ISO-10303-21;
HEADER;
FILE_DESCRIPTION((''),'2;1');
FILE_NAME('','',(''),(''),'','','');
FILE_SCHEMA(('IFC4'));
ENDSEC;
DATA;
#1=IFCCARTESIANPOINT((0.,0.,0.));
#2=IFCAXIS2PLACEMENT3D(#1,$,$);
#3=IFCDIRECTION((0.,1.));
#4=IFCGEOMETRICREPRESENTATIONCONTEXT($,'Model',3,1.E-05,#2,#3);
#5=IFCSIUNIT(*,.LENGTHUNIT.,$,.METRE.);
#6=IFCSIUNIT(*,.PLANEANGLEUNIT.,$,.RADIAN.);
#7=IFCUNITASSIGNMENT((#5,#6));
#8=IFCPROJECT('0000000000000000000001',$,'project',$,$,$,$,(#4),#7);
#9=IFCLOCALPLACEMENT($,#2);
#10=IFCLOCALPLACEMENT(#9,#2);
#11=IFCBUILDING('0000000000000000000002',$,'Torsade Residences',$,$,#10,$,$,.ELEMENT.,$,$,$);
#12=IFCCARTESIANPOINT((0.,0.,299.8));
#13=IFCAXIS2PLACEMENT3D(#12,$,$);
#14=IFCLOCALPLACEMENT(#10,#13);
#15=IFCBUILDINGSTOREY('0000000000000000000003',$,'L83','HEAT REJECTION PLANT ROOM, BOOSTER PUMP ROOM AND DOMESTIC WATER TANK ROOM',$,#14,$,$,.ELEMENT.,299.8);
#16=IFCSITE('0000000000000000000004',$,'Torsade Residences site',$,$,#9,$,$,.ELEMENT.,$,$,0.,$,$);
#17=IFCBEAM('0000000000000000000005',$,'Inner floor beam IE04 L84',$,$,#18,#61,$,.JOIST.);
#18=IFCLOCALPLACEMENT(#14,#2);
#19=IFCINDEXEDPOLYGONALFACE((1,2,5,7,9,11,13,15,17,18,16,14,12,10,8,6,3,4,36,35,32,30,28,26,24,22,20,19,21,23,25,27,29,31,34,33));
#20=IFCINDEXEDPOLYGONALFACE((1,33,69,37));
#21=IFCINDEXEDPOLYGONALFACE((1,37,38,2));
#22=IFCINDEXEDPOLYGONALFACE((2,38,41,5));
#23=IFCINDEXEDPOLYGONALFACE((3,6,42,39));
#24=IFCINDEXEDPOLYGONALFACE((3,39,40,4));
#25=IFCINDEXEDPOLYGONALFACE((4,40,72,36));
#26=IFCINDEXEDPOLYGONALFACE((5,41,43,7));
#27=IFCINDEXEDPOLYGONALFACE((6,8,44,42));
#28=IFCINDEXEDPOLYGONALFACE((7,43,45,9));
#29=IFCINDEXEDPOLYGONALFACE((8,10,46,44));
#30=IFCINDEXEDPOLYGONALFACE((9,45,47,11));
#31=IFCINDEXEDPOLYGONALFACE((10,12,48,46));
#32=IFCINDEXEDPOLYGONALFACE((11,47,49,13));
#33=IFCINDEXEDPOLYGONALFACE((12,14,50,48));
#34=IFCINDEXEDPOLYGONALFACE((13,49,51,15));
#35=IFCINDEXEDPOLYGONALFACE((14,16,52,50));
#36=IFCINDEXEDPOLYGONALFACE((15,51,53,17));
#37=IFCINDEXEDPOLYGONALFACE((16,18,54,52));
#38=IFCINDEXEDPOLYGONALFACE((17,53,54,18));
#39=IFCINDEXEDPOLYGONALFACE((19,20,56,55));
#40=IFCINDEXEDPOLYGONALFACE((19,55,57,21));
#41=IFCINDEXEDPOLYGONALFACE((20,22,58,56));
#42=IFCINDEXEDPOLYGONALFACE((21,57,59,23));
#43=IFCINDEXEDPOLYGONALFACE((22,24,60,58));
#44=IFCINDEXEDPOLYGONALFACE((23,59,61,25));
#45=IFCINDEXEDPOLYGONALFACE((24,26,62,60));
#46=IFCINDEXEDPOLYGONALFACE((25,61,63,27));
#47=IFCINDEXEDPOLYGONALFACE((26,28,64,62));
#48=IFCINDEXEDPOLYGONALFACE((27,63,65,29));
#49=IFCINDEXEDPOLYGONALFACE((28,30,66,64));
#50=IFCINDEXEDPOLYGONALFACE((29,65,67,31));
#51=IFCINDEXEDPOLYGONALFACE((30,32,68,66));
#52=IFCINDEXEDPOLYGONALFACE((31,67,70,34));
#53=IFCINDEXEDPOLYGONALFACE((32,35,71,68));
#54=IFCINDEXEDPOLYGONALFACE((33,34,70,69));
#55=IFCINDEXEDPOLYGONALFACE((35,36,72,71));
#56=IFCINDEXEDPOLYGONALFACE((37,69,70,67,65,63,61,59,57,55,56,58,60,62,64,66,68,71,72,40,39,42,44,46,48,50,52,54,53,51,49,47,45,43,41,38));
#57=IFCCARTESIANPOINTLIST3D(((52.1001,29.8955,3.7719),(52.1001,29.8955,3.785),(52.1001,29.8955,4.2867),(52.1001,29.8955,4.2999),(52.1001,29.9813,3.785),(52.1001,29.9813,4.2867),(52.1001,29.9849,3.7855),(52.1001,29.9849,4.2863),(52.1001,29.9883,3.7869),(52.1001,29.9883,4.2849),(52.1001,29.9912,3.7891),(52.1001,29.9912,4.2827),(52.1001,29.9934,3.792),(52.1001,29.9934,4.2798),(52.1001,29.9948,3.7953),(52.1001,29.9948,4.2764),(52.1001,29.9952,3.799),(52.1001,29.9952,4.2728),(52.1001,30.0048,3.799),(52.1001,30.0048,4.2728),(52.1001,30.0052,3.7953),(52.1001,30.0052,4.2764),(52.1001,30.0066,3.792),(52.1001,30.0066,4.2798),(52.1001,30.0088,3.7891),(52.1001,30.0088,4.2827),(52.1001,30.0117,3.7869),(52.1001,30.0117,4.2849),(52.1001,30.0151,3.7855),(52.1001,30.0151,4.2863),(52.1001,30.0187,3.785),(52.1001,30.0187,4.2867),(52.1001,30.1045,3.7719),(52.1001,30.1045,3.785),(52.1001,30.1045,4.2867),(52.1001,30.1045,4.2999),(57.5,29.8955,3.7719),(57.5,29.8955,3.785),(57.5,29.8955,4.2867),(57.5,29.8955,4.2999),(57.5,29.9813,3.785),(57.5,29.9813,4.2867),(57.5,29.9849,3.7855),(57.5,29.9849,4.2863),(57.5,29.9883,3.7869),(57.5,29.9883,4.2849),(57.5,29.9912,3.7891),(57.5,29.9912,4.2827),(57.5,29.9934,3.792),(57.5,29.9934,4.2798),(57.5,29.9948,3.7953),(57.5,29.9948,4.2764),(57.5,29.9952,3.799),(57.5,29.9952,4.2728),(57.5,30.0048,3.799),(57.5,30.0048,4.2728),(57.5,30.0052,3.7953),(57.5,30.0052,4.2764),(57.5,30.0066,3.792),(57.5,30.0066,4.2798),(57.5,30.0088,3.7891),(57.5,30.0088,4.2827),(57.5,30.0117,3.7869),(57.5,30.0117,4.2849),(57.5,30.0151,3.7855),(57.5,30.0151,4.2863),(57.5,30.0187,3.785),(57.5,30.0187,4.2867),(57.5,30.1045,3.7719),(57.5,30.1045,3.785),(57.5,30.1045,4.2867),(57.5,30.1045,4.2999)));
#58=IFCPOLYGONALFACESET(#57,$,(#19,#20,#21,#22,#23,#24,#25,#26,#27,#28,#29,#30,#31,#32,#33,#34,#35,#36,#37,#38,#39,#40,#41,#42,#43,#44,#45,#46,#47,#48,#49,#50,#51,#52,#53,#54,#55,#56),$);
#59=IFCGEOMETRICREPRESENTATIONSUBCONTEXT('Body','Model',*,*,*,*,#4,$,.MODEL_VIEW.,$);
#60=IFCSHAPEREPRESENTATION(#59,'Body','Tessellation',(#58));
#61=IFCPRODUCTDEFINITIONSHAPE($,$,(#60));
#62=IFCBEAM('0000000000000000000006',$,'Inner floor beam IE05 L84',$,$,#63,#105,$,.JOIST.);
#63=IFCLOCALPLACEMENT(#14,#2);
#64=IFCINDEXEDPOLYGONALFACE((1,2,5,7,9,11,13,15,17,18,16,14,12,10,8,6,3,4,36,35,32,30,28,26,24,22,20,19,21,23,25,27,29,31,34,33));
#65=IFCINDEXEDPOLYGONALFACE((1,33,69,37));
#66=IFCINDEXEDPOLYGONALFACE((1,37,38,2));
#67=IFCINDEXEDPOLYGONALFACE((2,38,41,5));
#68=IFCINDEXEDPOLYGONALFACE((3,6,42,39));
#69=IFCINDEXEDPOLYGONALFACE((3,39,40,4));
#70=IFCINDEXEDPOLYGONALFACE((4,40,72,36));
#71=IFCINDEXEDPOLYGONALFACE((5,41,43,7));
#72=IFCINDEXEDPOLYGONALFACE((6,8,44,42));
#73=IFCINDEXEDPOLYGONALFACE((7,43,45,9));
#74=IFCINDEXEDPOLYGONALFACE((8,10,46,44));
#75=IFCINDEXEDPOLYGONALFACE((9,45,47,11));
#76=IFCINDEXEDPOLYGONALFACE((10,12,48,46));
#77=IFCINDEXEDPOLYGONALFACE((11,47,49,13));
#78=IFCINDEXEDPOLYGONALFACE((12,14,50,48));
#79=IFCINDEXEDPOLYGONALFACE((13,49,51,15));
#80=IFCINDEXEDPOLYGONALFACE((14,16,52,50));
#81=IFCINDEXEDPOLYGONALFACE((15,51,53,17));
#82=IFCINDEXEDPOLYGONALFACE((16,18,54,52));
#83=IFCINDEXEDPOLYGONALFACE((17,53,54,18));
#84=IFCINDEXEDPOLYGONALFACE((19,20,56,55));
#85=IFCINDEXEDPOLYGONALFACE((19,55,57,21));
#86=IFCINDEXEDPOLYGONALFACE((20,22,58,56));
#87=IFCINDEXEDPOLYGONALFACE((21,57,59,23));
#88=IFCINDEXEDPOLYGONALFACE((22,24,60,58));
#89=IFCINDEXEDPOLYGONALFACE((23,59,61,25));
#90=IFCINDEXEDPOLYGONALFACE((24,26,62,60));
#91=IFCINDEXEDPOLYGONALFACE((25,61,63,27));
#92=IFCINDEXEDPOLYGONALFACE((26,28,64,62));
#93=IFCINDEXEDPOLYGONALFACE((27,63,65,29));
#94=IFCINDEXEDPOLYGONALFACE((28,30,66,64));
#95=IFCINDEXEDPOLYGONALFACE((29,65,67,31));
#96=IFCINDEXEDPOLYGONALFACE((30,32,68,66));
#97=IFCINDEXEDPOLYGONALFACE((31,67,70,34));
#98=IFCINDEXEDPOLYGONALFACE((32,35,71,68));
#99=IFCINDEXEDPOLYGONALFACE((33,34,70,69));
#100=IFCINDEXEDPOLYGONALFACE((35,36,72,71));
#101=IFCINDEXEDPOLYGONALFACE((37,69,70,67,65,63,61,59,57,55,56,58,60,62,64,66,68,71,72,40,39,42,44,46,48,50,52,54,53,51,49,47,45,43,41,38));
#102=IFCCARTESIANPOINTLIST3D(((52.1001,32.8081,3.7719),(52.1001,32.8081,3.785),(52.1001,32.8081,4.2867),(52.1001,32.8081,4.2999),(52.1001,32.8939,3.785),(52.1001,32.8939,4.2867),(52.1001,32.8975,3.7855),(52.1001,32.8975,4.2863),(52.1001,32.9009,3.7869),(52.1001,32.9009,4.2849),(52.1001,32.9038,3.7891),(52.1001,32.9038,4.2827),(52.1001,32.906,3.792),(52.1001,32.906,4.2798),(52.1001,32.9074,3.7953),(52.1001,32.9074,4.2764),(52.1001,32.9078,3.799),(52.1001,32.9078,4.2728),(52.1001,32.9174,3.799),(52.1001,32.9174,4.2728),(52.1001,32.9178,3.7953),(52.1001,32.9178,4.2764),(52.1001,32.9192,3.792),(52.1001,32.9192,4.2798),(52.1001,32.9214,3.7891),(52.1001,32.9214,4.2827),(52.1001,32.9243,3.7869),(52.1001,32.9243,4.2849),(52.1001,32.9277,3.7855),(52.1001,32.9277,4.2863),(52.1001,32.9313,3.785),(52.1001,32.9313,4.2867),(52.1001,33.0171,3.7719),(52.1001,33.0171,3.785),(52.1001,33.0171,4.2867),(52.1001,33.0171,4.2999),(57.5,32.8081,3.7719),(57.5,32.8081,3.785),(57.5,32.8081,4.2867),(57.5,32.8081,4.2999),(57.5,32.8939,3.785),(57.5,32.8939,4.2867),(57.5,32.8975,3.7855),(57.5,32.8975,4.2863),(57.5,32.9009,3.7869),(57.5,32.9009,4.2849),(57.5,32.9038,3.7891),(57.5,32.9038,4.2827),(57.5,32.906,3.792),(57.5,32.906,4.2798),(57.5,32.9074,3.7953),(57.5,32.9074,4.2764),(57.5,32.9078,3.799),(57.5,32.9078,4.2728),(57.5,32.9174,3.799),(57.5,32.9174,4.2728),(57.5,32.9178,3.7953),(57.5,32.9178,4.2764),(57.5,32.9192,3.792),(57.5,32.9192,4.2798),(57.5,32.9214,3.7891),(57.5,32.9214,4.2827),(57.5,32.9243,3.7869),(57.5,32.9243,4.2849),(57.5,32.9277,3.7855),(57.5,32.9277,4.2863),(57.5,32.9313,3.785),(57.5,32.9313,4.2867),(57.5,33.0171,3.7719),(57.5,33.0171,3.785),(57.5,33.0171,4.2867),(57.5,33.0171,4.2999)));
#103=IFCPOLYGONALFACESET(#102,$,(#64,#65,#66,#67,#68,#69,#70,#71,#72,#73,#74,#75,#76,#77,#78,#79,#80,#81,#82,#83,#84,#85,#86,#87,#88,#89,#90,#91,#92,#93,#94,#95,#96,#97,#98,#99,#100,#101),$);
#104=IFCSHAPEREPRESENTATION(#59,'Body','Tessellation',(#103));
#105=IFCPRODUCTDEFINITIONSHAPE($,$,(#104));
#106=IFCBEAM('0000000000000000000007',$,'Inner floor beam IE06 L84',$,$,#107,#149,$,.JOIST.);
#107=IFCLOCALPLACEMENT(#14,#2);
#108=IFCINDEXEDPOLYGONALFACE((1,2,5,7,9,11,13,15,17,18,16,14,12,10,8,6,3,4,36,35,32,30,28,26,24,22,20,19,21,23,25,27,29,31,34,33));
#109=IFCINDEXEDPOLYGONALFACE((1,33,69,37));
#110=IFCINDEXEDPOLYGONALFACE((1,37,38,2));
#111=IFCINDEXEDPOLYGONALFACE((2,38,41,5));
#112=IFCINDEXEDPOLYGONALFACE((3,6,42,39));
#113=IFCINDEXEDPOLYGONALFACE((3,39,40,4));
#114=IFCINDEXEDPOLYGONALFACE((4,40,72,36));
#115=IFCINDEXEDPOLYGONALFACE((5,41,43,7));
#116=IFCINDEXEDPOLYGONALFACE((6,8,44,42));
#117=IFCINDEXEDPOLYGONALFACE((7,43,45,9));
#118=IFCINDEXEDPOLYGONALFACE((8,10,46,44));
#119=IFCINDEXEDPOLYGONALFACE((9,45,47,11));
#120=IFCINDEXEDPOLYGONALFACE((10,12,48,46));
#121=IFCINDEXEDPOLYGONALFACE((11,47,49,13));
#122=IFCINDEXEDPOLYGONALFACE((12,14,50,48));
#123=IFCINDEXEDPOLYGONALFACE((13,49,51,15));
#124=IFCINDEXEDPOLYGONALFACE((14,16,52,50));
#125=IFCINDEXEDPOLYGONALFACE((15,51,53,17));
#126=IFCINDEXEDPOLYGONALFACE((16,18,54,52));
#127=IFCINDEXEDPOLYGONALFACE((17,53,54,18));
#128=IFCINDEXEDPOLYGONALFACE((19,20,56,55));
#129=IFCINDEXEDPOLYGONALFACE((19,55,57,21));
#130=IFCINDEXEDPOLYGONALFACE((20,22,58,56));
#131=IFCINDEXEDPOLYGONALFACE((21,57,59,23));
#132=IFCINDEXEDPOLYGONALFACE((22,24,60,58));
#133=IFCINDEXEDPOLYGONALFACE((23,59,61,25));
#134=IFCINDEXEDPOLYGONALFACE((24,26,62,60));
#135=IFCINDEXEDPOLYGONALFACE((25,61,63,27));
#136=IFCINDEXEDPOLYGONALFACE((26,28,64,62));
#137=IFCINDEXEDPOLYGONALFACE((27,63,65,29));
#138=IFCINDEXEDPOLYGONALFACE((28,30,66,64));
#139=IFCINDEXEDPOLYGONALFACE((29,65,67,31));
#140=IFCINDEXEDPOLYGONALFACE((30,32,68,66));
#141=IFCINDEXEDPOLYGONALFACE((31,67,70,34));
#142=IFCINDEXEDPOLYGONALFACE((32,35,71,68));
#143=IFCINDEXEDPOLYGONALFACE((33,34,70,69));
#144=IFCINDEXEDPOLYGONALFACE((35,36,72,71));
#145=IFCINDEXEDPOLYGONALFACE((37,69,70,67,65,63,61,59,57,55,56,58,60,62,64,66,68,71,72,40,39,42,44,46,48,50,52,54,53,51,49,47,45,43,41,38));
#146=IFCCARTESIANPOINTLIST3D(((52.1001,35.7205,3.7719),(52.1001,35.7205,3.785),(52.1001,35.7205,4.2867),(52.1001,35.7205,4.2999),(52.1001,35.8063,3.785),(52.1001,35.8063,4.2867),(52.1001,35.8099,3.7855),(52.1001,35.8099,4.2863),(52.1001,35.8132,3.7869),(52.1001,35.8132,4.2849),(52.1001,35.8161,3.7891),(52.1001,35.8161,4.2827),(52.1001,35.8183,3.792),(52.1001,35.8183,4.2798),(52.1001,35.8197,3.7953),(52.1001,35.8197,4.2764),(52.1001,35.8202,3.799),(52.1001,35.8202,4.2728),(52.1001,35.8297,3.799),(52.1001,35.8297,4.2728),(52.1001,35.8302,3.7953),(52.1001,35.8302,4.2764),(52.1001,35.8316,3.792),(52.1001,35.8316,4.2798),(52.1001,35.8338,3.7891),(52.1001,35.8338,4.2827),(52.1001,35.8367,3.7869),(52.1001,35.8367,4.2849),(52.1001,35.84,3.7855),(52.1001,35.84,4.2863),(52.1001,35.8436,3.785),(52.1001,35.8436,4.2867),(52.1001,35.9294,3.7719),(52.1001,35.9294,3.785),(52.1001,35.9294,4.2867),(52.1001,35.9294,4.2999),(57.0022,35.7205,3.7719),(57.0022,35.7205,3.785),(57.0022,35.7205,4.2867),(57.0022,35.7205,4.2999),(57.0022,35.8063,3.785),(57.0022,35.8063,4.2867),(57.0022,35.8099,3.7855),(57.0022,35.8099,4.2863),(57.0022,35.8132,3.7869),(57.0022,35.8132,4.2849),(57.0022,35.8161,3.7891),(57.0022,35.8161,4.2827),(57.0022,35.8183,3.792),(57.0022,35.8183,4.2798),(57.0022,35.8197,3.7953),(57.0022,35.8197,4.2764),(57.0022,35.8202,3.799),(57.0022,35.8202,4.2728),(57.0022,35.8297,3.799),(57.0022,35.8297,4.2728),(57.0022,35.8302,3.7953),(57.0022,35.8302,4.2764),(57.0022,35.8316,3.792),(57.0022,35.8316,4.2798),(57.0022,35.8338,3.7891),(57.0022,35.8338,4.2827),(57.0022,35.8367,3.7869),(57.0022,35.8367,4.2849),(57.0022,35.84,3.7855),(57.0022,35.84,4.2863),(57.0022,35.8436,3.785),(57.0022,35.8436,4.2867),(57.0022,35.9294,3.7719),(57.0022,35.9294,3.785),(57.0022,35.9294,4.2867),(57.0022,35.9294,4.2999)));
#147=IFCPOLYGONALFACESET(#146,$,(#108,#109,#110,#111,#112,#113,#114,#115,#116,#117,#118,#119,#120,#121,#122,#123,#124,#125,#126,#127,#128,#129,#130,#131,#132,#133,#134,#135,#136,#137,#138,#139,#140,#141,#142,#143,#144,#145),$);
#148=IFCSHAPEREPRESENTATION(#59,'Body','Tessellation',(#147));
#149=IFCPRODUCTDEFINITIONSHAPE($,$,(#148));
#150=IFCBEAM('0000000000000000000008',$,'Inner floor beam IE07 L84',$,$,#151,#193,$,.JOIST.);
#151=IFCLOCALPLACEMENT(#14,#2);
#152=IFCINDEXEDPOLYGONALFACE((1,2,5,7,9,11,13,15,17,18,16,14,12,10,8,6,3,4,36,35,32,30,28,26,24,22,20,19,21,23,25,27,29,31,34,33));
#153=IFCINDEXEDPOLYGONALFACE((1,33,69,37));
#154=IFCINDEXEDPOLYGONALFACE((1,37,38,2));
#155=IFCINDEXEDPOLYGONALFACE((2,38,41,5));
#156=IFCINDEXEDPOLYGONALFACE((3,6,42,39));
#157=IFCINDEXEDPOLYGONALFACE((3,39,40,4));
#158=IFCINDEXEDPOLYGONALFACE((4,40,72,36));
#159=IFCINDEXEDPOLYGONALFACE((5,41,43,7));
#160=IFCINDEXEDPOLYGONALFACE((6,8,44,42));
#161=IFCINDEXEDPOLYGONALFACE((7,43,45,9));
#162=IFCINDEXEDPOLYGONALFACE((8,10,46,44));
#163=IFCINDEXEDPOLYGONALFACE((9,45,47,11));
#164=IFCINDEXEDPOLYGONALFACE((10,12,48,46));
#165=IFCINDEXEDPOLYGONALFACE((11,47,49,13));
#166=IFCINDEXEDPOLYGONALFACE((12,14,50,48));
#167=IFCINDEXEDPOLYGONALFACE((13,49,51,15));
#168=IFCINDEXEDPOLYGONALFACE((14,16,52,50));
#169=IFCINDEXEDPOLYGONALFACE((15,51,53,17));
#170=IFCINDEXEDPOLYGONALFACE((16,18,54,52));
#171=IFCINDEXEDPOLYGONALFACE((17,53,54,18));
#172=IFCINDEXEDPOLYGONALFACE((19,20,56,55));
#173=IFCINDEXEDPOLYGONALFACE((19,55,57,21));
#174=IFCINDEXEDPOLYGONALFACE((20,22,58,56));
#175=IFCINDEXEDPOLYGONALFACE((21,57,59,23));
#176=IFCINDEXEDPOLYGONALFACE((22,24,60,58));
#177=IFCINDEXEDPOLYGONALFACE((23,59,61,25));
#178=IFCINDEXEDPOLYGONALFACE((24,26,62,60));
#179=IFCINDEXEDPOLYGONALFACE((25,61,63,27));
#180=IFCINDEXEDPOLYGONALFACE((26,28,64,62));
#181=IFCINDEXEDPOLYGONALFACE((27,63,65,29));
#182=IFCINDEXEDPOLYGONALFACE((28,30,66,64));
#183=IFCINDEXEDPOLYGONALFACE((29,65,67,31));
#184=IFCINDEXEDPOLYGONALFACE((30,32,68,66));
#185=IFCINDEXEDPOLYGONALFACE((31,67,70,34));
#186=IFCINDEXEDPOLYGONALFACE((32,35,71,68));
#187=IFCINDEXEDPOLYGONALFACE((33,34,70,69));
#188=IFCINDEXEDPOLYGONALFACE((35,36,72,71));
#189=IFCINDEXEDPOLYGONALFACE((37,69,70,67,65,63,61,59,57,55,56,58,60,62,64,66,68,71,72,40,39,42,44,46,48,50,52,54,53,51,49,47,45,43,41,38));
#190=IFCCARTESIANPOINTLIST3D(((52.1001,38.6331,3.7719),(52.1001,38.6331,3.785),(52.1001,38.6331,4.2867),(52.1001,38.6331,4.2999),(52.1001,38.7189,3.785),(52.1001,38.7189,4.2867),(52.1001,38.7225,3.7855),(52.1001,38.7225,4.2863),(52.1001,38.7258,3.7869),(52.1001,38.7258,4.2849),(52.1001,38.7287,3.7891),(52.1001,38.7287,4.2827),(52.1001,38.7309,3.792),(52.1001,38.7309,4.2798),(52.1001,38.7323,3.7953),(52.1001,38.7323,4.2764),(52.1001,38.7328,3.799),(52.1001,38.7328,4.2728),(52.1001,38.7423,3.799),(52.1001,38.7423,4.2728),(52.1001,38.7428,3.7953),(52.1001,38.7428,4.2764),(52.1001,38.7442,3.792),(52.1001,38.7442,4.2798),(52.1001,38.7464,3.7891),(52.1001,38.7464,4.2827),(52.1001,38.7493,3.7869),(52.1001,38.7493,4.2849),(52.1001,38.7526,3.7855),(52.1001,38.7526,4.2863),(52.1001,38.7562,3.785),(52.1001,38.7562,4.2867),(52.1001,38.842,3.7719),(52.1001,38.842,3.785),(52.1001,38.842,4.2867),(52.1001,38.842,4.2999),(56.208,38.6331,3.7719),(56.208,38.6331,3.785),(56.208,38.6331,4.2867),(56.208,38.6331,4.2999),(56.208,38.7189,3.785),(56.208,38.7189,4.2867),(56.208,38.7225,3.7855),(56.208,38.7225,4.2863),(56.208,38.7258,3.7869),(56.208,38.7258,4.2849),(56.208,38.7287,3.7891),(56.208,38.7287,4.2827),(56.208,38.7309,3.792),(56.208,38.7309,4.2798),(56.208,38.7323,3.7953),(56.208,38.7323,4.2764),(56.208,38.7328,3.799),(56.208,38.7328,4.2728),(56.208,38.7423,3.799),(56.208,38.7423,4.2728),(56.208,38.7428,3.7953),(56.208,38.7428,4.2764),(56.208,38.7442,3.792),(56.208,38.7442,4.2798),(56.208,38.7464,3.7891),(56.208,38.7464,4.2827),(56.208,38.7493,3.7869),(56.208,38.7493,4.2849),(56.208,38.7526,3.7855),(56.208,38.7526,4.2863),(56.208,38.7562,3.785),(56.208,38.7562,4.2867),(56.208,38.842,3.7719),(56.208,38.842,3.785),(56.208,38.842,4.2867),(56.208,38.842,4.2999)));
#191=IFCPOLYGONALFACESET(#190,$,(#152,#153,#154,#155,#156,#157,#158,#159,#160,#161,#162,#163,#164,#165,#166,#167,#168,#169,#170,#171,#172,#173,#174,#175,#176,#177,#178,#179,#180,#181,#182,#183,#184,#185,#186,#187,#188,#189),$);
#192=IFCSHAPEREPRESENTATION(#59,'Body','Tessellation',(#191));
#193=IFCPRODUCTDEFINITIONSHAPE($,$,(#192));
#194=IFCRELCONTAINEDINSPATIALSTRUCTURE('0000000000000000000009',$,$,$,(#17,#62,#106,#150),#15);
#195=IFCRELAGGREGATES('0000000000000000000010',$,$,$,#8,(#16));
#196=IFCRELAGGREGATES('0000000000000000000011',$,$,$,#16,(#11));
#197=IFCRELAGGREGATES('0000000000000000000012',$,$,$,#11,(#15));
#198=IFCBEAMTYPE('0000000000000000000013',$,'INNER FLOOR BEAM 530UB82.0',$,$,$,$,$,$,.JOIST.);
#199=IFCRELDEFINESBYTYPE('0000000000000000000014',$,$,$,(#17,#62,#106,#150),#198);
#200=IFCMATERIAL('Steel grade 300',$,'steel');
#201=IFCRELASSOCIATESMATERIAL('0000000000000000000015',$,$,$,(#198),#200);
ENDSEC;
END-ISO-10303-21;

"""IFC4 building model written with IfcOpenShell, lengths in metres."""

from ifc_helpers import new_model, si_unit, direction, frame, origin, origin_2d, place, context, subcontext, project, spatial, i_section, extrude, material, material_profile, profile_set, type_object, element, save


model = new_model("IFC4")

# Units and contexts
model_context = context("Model", 3, precision=1e-05, world=origin(), true_north=direction((0.0, 1.0)))
body_context = subcontext(model_context, "Body", "Model", "MODEL_VIEW")
ifc_project = project(units=[si_unit("LENGTHUNIT", "METRE"), si_unit("PLANEANGLEUNIT", "RADIAN")], contexts=[model_context])

# Site, building, storey
site_placement = place(None, origin())
site = spatial("IfcSite", under=ifc_project, at=site_placement, Name="Torsade Residences site", CompositionType="ELEMENT", RefElevation=0.0)
building_placement = place(site_placement, origin())
building = spatial("IfcBuilding", under=site, at=building_placement, Name="Torsade Residences", CompositionType="ELEMENT")
storey_placement = place(building_placement, frame((0.0, 0.0, 299.8)))
storey = spatial("IfcBuildingStorey", under=building, at=storey_placement, Name="L83", Description="HEAT REJECTION PLANT ROOM, BOOSTER PUMP ROOM AND DOMESTIC WATER TANK ROOM", CompositionType="ELEMENT", Elevation=299.8)

# Beams
ifc_material_1 = material(Name="Steel grade 300", Category="steel")
ifc_material_profile_1 = material_profile(ifc_material_1, i_section(OverallWidth=0.209, OverallDepth=0.5281, WebThickness=0.0095, FlangeThickness=0.0132, FilletRadius=0.0139, at=origin_2d()), Name="530UB82.0")
ifc_profile_set_1 = profile_set([ifc_material_profile_1], Name="Steel grade 300")
beam_type_1 = type_object("IfcBeamType", Name="INNER FLOOR BEAM 530UB82.0", PredefinedType="JOIST", material=ifc_profile_set_1)
for number, where, z_axis, x_axis, name in (
    (1, (52.1001, 30.0, 4.0359), (1.0, 0.0, 0.0), (0.0, 1.0, 0.0), "Inner floor beam IE04 L84"),
    (2, (52.1001, 32.9126, 4.0359), (1.0, 0.0, 0.0), (0.0, 1.0, 0.0), "Inner floor beam IE05 L84"),
):
    element("IfcBeam", number, at=place(storey_placement, frame(where, z_axis=z_axis, x_axis=x_axis)), inside=storey, type_object=beam_type_1, Name=name, PredefinedType="JOIST", context=body_context, shape_type="SweptSolid", body=[
        extrude(i_section(OverallWidth=0.209, OverallDepth=0.5281, WebThickness=0.0095, FlangeThickness=0.0132, FilletRadius=0.0139, at=origin_2d()), origin(), (0.0, 0.0, 1.0), 5.3999),
    ])
beam_1_placement = place(storey_placement, frame((52.1001, 35.825, 4.0359), z_axis=(1.0, 0.0, 0.0), x_axis=(0.0, 1.0, 0.0)))
element("IfcBeam", 3, at=beam_1_placement, inside=storey, type_object=beam_type_1, Name="Inner floor beam IE06 L84", PredefinedType="JOIST", context=body_context, shape_type="SweptSolid", body=[
    extrude(i_section(OverallWidth=0.209, OverallDepth=0.5281, WebThickness=0.0095, FlangeThickness=0.0132, FilletRadius=0.0139, at=origin_2d()), origin(), (0.0, 0.0, 1.0), 4.9021),
])
beam_2_placement = place(storey_placement, frame((52.1001, 38.7375, 4.0359), z_axis=(1.0, 0.0, 0.0), x_axis=(0.0, 1.0, 0.0)))
element("IfcBeam", 4, at=beam_2_placement, inside=storey, type_object=beam_type_1, Name="Inner floor beam IE07 L84", PredefinedType="JOIST", context=body_context, shape_type="SweptSolid", body=[
    extrude(i_section(OverallWidth=0.209, OverallDepth=0.5281, WebThickness=0.0095, FlangeThickness=0.0132, FilletRadius=0.0139, at=origin_2d()), origin(), (0.0, 0.0, 1.0), 4.1079),
])

save(model, "model.ifc")
